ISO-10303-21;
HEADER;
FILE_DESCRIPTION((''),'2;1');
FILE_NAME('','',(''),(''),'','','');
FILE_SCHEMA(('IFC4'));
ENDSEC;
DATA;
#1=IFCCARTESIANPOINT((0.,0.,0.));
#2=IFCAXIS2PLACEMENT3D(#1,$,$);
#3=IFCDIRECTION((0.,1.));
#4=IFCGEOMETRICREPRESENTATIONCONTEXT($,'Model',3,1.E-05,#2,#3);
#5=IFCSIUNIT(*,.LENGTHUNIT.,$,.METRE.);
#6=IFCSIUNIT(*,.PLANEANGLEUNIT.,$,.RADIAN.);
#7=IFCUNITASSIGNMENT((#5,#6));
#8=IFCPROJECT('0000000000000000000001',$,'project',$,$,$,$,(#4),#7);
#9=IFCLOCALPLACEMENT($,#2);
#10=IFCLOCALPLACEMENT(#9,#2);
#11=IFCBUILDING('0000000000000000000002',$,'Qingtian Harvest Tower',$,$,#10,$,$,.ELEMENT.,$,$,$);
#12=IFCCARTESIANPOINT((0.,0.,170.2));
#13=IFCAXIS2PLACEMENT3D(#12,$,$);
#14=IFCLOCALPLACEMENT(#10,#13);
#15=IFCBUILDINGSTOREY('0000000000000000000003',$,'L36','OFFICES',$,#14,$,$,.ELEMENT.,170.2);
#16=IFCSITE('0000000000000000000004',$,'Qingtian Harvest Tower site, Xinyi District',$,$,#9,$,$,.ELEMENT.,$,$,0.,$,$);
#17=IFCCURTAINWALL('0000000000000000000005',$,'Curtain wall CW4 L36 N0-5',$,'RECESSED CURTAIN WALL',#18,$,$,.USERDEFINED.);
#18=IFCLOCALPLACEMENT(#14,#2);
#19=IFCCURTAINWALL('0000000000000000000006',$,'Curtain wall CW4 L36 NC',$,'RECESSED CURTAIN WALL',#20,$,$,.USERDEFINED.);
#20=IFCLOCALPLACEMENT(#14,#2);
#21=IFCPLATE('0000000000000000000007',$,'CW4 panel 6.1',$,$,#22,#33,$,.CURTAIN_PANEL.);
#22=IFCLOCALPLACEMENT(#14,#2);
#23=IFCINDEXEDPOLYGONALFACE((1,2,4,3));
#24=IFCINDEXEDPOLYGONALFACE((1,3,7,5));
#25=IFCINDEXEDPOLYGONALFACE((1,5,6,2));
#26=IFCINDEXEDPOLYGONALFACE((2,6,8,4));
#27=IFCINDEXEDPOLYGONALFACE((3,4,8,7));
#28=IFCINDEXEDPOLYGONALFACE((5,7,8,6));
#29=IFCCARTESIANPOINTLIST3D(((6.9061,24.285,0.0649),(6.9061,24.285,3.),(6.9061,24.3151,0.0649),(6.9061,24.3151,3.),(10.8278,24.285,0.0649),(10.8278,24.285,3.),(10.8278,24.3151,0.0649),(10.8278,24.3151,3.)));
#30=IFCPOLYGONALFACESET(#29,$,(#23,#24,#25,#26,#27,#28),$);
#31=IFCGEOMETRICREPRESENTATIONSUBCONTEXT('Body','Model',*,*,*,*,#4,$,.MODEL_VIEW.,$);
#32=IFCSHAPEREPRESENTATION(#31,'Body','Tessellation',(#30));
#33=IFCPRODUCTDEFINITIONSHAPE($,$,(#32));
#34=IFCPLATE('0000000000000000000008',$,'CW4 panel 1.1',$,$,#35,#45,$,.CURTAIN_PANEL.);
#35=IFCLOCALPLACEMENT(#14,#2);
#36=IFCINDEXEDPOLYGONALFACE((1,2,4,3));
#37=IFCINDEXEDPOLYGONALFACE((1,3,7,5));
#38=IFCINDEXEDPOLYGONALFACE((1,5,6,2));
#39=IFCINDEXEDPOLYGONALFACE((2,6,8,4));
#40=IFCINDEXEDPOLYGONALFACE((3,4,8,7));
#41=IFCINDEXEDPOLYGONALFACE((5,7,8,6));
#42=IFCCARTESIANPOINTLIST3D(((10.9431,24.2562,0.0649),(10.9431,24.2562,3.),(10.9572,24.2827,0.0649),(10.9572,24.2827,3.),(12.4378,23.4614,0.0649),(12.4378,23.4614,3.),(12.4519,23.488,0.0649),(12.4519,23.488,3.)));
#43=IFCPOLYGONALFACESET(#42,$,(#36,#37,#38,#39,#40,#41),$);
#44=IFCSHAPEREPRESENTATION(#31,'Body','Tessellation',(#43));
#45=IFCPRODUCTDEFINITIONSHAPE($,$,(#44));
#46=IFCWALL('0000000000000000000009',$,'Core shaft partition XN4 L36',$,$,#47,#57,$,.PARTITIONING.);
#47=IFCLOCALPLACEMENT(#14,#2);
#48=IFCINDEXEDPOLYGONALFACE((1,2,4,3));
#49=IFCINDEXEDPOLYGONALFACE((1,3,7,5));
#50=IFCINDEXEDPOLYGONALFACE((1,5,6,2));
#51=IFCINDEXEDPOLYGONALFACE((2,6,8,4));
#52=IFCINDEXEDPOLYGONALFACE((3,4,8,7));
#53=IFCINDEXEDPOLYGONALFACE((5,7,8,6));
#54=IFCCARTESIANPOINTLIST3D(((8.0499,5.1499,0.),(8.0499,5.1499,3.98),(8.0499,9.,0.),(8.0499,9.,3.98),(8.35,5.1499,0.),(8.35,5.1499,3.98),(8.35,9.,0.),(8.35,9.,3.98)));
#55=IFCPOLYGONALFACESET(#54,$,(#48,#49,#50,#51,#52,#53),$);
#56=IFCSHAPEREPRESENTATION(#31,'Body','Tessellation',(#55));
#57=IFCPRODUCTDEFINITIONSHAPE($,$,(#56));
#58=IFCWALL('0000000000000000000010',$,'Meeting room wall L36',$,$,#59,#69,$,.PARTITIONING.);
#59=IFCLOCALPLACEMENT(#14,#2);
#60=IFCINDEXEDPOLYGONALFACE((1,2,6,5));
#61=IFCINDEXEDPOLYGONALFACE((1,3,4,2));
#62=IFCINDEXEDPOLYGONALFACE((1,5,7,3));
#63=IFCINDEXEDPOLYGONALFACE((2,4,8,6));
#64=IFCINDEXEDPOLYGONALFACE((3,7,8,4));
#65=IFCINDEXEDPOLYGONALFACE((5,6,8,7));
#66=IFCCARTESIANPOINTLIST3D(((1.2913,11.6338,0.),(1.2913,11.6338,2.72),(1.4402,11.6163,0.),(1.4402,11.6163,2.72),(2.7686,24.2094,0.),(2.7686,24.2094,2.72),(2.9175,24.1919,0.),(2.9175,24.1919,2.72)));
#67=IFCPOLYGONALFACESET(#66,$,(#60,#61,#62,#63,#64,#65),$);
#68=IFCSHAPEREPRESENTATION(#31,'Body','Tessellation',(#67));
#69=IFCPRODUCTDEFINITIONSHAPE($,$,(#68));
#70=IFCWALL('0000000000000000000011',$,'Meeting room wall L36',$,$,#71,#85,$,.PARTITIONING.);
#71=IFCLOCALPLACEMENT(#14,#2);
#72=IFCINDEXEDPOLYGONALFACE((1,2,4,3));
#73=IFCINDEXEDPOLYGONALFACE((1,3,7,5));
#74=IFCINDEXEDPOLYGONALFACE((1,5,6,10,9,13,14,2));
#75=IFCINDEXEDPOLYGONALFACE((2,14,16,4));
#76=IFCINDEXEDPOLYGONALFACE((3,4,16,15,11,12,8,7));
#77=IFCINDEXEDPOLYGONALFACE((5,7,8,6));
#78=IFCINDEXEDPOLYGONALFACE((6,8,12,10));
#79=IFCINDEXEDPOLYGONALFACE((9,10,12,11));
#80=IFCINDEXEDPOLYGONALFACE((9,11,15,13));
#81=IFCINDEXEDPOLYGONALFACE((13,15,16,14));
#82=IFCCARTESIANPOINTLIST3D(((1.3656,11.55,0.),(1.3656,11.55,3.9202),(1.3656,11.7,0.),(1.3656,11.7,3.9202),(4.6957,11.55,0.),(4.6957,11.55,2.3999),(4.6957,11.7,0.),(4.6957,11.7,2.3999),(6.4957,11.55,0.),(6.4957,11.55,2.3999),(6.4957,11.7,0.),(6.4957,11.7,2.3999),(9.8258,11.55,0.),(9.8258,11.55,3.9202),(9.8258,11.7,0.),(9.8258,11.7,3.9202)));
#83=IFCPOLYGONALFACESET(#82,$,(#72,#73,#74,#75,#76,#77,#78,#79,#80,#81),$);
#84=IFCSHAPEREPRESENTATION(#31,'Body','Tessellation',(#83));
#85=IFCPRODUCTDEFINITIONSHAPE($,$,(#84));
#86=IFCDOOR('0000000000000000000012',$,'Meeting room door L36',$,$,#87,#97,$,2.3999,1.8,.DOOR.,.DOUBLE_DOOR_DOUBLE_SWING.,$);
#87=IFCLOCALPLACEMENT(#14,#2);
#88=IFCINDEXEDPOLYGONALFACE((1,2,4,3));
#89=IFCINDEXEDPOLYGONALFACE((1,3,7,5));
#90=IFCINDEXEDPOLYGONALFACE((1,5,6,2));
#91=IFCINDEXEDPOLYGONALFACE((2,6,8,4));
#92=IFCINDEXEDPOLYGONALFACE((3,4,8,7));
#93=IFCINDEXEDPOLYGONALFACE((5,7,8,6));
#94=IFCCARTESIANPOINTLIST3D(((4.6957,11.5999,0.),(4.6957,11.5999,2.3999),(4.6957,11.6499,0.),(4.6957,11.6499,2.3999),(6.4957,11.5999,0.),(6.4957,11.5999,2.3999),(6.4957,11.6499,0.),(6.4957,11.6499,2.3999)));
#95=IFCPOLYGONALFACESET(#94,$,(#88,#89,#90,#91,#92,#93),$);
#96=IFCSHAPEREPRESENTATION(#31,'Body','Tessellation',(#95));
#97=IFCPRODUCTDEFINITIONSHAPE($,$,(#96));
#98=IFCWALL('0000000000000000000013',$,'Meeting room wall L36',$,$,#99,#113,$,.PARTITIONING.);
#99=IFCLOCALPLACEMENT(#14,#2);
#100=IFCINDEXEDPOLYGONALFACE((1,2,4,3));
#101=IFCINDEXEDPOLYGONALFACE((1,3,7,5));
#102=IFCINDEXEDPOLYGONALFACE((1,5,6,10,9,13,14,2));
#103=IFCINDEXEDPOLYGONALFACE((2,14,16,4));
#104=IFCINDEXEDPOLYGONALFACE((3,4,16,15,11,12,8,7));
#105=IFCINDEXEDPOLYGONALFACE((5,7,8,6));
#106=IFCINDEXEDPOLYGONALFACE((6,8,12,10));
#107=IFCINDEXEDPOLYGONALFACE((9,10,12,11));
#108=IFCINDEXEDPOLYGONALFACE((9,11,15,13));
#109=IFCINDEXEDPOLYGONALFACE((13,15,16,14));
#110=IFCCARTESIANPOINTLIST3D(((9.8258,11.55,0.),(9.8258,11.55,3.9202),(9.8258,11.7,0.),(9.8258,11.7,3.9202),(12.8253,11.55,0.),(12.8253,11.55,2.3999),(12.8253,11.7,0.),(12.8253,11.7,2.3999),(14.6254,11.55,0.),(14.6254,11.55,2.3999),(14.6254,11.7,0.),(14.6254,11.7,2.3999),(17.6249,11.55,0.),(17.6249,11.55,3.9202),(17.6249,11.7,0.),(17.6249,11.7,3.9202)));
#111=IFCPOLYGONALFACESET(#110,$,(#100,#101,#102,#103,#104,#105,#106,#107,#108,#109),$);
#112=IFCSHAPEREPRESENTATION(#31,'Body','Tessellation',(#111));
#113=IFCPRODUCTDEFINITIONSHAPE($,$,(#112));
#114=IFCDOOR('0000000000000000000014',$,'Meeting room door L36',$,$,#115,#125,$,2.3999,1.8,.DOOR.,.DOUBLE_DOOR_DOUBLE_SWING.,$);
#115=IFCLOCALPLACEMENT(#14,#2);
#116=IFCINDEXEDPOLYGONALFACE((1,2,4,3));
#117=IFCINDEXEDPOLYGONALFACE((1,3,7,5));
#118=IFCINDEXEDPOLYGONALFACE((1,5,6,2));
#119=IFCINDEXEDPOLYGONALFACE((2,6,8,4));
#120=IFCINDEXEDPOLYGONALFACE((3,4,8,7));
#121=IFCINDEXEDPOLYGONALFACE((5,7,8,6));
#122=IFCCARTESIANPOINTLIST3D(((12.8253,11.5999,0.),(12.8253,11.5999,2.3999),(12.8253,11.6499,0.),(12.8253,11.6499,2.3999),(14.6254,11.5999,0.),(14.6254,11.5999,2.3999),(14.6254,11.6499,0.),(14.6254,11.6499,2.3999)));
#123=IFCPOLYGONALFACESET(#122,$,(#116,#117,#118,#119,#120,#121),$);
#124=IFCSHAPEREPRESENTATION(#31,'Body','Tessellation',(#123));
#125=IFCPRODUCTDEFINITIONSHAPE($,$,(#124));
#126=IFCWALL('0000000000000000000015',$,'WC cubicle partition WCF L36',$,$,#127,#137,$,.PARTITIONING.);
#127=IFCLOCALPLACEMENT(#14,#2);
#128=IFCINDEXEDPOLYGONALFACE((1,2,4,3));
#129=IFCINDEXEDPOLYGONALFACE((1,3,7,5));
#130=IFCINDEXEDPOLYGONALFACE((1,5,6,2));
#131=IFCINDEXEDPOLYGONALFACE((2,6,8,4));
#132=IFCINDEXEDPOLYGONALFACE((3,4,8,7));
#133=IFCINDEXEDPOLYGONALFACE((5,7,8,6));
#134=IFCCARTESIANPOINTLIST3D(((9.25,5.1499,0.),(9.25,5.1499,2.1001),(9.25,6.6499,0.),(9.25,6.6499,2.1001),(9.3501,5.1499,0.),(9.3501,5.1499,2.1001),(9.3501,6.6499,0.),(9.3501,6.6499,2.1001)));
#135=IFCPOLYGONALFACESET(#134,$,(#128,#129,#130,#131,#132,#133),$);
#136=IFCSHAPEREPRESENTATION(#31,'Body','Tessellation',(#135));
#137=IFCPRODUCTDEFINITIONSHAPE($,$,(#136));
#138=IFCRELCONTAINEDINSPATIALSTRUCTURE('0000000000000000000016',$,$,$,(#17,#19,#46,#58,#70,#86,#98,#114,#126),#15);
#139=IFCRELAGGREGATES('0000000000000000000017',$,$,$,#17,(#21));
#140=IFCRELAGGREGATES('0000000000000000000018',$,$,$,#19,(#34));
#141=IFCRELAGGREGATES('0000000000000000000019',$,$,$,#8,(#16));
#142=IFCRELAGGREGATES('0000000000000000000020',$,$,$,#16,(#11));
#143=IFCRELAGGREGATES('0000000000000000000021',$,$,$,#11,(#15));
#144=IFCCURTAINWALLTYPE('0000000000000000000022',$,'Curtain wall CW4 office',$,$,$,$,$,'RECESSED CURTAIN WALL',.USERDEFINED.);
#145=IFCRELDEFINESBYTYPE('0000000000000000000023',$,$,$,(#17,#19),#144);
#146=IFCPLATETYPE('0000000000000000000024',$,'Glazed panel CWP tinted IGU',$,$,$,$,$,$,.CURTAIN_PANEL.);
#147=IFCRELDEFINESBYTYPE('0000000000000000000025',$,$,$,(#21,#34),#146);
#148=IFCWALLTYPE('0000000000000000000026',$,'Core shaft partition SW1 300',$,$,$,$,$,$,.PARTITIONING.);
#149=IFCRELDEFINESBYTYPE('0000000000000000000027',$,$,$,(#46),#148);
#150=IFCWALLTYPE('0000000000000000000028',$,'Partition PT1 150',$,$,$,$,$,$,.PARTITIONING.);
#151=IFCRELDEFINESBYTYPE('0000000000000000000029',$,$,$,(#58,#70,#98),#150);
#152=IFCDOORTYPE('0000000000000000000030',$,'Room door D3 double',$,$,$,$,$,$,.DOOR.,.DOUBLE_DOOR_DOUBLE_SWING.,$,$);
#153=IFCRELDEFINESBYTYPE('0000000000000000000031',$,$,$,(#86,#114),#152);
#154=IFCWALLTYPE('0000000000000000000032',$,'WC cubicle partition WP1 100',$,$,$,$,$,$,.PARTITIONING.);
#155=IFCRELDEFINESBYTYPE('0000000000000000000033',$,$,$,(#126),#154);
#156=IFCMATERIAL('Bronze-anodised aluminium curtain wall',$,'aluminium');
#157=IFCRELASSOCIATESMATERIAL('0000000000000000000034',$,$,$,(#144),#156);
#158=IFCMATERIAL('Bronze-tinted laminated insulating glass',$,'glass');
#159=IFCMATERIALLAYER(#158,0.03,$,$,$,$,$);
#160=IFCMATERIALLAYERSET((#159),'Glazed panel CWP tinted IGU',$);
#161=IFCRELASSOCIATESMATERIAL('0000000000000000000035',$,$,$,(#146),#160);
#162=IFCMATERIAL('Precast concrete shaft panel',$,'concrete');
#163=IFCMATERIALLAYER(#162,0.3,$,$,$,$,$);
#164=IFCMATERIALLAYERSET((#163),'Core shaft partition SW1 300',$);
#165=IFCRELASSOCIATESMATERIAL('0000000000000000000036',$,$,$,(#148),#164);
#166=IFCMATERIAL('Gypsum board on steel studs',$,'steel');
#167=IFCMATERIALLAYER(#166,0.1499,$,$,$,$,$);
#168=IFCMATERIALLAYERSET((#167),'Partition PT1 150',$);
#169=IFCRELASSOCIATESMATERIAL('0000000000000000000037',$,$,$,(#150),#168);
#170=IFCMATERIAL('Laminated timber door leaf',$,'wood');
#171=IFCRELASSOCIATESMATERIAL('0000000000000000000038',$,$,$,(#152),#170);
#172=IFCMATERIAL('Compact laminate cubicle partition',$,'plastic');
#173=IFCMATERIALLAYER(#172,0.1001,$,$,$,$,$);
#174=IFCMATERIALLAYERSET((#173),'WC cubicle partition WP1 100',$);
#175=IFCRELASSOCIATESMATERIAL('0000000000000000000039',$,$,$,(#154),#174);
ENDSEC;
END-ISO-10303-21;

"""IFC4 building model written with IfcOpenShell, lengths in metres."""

from ifc_helpers import new_model, si_unit, direction, frame, frame_2d, origin, origin_2d, place, context, subcontext, project, spatial, rectangle, extrude, material, layer, layer_set, type_object, element, fill, aggregate, save


model = new_model("IFC4")

# Units and contexts
model_context = context("Model", 3, precision=1e-05, world=origin(), true_north=direction((0.0, 1.0)))
body_context = subcontext(model_context, "Body", "Model", "MODEL_VIEW")
ifc_project = project(units=[si_unit("LENGTHUNIT", "METRE"), si_unit("PLANEANGLEUNIT", "RADIAN")], contexts=[model_context])

# Site, building, storey
site_placement = place(None, origin())
site = spatial("IfcSite", under=ifc_project, at=site_placement, Name="Qingtian Harvest Tower site, Xinyi District", CompositionType="ELEMENT", RefElevation=0.0)
building_placement = place(site_placement, origin())
building = spatial("IfcBuilding", under=site, at=building_placement, Name="Qingtian Harvest Tower", CompositionType="ELEMENT")
storey_placement = place(building_placement, frame((0.0, 0.0, 170.2)))
storey = spatial("IfcBuildingStorey", under=building, at=storey_placement, Name="L36", Description="OFFICES", CompositionType="ELEMENT", Elevation=170.2)

# Curtain walls
ifc_material_1 = material(Name="Bronze-anodised aluminium curtain wall", Category="aluminium")
curtain_wall_type = type_object("IfcCurtainWallType", Name="Curtain wall CW4 office", ElementType="RECESSED CURTAIN WALL", PredefinedType="USERDEFINED", material=ifc_material_1)
curtain_wall_1_placement = place(storey_placement, origin())
curtain_wall_1 = element("IfcCurtainWall", 1, at=curtain_wall_1_placement, inside=storey, type_object=curtain_wall_type, Name="Curtain wall CW4 L36 N0-5", ObjectType="RECESSED CURTAIN WALL", PredefinedType="USERDEFINED")
curtain_wall_2_placement = place(storey_placement, origin())
curtain_wall_2 = element("IfcCurtainWall", 2, at=curtain_wall_2_placement, inside=storey, type_object=curtain_wall_type, Name="Curtain wall CW4 L36 NC", ObjectType="RECESSED CURTAIN WALL", PredefinedType="USERDEFINED")

# Plates
ifc_material_2 = material(Name="Bronze-tinted laminated insulating glass", Category="glass")
ifc_layer_1 = layer(ifc_material_2, 0.03)
ifc_layer_set_1 = layer_set([ifc_layer_1], Name="Glazed panel CWP tinted IGU")
plate_type = type_object("IfcPlateType", Name="Glazed panel CWP tinted IGU", PredefinedType="CURTAIN_PANEL", material=ifc_layer_set_1)
plate_1_placement = place(storey_placement, frame((8.8669, 24.3, 0.0649), z_axis=(0.0, 0.0, 1.0), x_axis=(1.0, 0.0, 0.0)))
plate_1 = element("IfcPlate", 3, at=plate_1_placement, type_object=plate_type, Name="CW4 panel 6.1", PredefinedType="CURTAIN_PANEL", context=body_context, shape_type="SweptSolid", body=[
    extrude(rectangle(XDim=3.9216, YDim=0.03, at=origin_2d()), origin(), (0.0, 0.0, 1.0), 2.9351),
])
aggregate(curtain_wall_1, [plate_1])
plate_2_placement = place(storey_placement, frame((11.6975, 23.8721, 0.0649), z_axis=(0.0, 0.0, 1.0), x_axis=(0.882948, -0.469472, 0.0)))
plate_2 = element("IfcPlate", 4, at=plate_2_placement, type_object=plate_type, Name="CW4 panel 1.1", PredefinedType="CURTAIN_PANEL", context=body_context, shape_type="SweptSolid", body=[
    extrude(rectangle(XDim=1.6929, YDim=0.03, at=origin_2d()), origin(), (0.0, 0.0, 1.0), 2.9351),
])
aggregate(curtain_wall_2, [plate_2])

# Walls
ifc_material_3 = material(Name="Precast concrete shaft panel", Category="concrete")
ifc_layer_2 = layer(ifc_material_3, 0.3)
ifc_layer_set_2 = layer_set([ifc_layer_2], Name="Core shaft partition SW1 300")
wall_type_1 = type_object("IfcWallType", Name="Core shaft partition SW1 300", PredefinedType="PARTITIONING", material=ifc_layer_set_2)
wall_1_placement = place(storey_placement, frame((8.2, 5.1499, 0.0), z_axis=(0.0, 0.0, 1.0), x_axis=(0.0, 1.0, 0.0)))
element("IfcWall", 5, at=wall_1_placement, inside=storey, type_object=wall_type_1, Name="Core shaft partition XN4 L36", PredefinedType="PARTITIONING", context=body_context, shape_type="SweptSolid", body=[
    extrude(rectangle(XDim=3.8501, YDim=0.3, at=frame_2d((1.925, 0.0))), origin(), (0.0, 0.0, 1.0), 3.98),
])
ifc_material_4 = material(Name="Gypsum board on steel studs", Category="steel")
ifc_layer_3 = layer(ifc_material_4, 0.1499)
ifc_layer_set_3 = layer_set([ifc_layer_3], Name="Partition PT1 150")
wall_type_2 = type_object("IfcWallType", Name="Partition PT1 150", PredefinedType="PARTITIONING", material=ifc_layer_set_3)
wall_2_placement = place(storey_placement, frame((2.843, 24.2007, 0.0), z_axis=(0.0, 0.0, 1.0), x_axis=(-0.11667, -0.993171, 0.0)))
element("IfcWall", 6, at=wall_2_placement, inside=storey, type_object=wall_type_2, Name="Meeting room wall L36", PredefinedType="PARTITIONING", context=body_context, shape_type="SweptSolid", body=[
    extrude(rectangle(XDim=12.6621, YDim=0.1499, at=frame_2d((6.3311, 0.0))), origin(), (0.0, 0.0, 1.0), 2.72),
])

# Walls, openings, doors
wall_3_placement = place(storey_placement, frame((1.3657, 11.625, 0.0), z_axis=(0.0, 0.0, 1.0), x_axis=(1.0, 0.0, 0.0)))
wall_3 = element("IfcWall", 7, at=wall_3_placement, inside=storey, type_object=wall_type_2, Name="Meeting room wall L36", PredefinedType="PARTITIONING", context=body_context, shape_type="SweptSolid", body=[
    extrude(rectangle(XDim=8.4602, YDim=0.1499, at=frame_2d((4.23, 0.0))), origin(), (0.0, 0.0, 1.0), 3.9202),
])
opening_1_placement = place(wall_3_placement, frame((3.3301, 0.0, 0.0)))
opening_1 = element("IfcOpeningElement", 8, at=opening_1_placement, cuts=wall_3, PredefinedType="OPENING", context=body_context, shape_type="SweptSolid", body=[
    extrude(rectangle(XDim=1.8, YDim=2.3999, at=frame_2d((0.8999, 1.2))), frame((0.0, 0.085, 0.0), z_axis=(0.0, -1.0, 0.0), x_axis=(1.0, 0.0, 0.0)), (0.0, 0.0, 1.0), 0.1699),
])
ifc_material_5 = material(Name="Laminated timber door leaf", Category="wood")
door_type = type_object("IfcDoorType", Name="Room door D3 double", OperationType="DOUBLE_DOOR_DOUBLE_SWING", PredefinedType="DOOR", material=ifc_material_5)
door_1_placement = place(opening_1_placement, origin())
door_1 = element("IfcDoor", 9, at=door_1_placement, inside=storey, type_object=door_type, Name="Meeting room door L36", OperationType="DOUBLE_DOOR_DOUBLE_SWING", OverallHeight=2.3999, OverallWidth=1.8, PredefinedType="DOOR", context=body_context, shape_type="SweptSolid", body=[
    extrude(rectangle(XDim=1.8, YDim=2.3999, at=frame_2d((0.8999, 1.2))), frame((0.0, 0.0249, 0.0), z_axis=(0.0, -1.0, 0.0), x_axis=(1.0, 0.0, 0.0)), (0.0, 0.0, 1.0), 0.05),
])
fill(opening_1, door_1)
wall_4_placement = place(storey_placement, frame((9.8259, 11.625, 0.0), z_axis=(0.0, 0.0, 1.0), x_axis=(1.0, 0.0, 0.0)))
wall_4 = element("IfcWall", 10, at=wall_4_placement, inside=storey, type_object=wall_type_2, Name="Meeting room wall L36", PredefinedType="PARTITIONING", context=body_context, shape_type="SweptSolid", body=[
    extrude(rectangle(XDim=7.7991, YDim=0.1499, at=frame_2d((3.8994, 0.0))), origin(), (0.0, 0.0, 1.0), 3.9202),
])
opening_2_placement = place(wall_4_placement, frame((2.9995, 0.0, 0.0)))
opening_2 = element("IfcOpeningElement", 11, at=opening_2_placement, cuts=wall_4, PredefinedType="OPENING", context=body_context, shape_type="SweptSolid", body=[
    extrude(rectangle(XDim=1.8, YDim=2.3999, at=frame_2d((0.8999, 1.2))), frame((0.0, 0.085, 0.0), z_axis=(0.0, -1.0, 0.0), x_axis=(1.0, 0.0, 0.0)), (0.0, 0.0, 1.0), 0.1699),
])
door_2_placement = place(opening_2_placement, origin())
door_2 = element("IfcDoor", 12, at=door_2_placement, inside=storey, type_object=door_type, Name="Meeting room door L36", OperationType="DOUBLE_DOOR_DOUBLE_SWING", OverallHeight=2.3999, OverallWidth=1.8, PredefinedType="DOOR", context=body_context, shape_type="SweptSolid", body=[
    extrude(rectangle(XDim=1.8, YDim=2.3999, at=frame_2d((0.8999, 1.2))), frame((0.0, 0.0249, 0.0), z_axis=(0.0, -1.0, 0.0), x_axis=(1.0, 0.0, 0.0)), (0.0, 0.0, 1.0), 0.05),
])
fill(opening_2, door_2)

# Wall
ifc_material_6 = material(Name="Compact laminate cubicle partition", Category="plastic")
ifc_layer_4 = layer(ifc_material_6, 0.1001)
ifc_layer_set_4 = layer_set([ifc_layer_4], Name="WC cubicle partition WP1 100")
wall_type_3 = type_object("IfcWallType", Name="WC cubicle partition WP1 100", PredefinedType="PARTITIONING", material=ifc_layer_set_4)
wall_5_placement = place(storey_placement, frame((9.3, 5.1499, 0.0), z_axis=(0.0, 0.0, 1.0), x_axis=(0.0, 1.0, 0.0)))
element("IfcWall", 13, at=wall_5_placement, inside=storey, type_object=wall_type_3, Name="WC cubicle partition WCF L36", PredefinedType="PARTITIONING", context=body_context, shape_type="SweptSolid", body=[
    extrude(rectangle(XDim=1.5, YDim=0.1001, at=frame_2d((0.75, 0.0))), origin(), (0.0, 0.0, 1.0), 2.1001),
])

save(model, "model.ifc")
